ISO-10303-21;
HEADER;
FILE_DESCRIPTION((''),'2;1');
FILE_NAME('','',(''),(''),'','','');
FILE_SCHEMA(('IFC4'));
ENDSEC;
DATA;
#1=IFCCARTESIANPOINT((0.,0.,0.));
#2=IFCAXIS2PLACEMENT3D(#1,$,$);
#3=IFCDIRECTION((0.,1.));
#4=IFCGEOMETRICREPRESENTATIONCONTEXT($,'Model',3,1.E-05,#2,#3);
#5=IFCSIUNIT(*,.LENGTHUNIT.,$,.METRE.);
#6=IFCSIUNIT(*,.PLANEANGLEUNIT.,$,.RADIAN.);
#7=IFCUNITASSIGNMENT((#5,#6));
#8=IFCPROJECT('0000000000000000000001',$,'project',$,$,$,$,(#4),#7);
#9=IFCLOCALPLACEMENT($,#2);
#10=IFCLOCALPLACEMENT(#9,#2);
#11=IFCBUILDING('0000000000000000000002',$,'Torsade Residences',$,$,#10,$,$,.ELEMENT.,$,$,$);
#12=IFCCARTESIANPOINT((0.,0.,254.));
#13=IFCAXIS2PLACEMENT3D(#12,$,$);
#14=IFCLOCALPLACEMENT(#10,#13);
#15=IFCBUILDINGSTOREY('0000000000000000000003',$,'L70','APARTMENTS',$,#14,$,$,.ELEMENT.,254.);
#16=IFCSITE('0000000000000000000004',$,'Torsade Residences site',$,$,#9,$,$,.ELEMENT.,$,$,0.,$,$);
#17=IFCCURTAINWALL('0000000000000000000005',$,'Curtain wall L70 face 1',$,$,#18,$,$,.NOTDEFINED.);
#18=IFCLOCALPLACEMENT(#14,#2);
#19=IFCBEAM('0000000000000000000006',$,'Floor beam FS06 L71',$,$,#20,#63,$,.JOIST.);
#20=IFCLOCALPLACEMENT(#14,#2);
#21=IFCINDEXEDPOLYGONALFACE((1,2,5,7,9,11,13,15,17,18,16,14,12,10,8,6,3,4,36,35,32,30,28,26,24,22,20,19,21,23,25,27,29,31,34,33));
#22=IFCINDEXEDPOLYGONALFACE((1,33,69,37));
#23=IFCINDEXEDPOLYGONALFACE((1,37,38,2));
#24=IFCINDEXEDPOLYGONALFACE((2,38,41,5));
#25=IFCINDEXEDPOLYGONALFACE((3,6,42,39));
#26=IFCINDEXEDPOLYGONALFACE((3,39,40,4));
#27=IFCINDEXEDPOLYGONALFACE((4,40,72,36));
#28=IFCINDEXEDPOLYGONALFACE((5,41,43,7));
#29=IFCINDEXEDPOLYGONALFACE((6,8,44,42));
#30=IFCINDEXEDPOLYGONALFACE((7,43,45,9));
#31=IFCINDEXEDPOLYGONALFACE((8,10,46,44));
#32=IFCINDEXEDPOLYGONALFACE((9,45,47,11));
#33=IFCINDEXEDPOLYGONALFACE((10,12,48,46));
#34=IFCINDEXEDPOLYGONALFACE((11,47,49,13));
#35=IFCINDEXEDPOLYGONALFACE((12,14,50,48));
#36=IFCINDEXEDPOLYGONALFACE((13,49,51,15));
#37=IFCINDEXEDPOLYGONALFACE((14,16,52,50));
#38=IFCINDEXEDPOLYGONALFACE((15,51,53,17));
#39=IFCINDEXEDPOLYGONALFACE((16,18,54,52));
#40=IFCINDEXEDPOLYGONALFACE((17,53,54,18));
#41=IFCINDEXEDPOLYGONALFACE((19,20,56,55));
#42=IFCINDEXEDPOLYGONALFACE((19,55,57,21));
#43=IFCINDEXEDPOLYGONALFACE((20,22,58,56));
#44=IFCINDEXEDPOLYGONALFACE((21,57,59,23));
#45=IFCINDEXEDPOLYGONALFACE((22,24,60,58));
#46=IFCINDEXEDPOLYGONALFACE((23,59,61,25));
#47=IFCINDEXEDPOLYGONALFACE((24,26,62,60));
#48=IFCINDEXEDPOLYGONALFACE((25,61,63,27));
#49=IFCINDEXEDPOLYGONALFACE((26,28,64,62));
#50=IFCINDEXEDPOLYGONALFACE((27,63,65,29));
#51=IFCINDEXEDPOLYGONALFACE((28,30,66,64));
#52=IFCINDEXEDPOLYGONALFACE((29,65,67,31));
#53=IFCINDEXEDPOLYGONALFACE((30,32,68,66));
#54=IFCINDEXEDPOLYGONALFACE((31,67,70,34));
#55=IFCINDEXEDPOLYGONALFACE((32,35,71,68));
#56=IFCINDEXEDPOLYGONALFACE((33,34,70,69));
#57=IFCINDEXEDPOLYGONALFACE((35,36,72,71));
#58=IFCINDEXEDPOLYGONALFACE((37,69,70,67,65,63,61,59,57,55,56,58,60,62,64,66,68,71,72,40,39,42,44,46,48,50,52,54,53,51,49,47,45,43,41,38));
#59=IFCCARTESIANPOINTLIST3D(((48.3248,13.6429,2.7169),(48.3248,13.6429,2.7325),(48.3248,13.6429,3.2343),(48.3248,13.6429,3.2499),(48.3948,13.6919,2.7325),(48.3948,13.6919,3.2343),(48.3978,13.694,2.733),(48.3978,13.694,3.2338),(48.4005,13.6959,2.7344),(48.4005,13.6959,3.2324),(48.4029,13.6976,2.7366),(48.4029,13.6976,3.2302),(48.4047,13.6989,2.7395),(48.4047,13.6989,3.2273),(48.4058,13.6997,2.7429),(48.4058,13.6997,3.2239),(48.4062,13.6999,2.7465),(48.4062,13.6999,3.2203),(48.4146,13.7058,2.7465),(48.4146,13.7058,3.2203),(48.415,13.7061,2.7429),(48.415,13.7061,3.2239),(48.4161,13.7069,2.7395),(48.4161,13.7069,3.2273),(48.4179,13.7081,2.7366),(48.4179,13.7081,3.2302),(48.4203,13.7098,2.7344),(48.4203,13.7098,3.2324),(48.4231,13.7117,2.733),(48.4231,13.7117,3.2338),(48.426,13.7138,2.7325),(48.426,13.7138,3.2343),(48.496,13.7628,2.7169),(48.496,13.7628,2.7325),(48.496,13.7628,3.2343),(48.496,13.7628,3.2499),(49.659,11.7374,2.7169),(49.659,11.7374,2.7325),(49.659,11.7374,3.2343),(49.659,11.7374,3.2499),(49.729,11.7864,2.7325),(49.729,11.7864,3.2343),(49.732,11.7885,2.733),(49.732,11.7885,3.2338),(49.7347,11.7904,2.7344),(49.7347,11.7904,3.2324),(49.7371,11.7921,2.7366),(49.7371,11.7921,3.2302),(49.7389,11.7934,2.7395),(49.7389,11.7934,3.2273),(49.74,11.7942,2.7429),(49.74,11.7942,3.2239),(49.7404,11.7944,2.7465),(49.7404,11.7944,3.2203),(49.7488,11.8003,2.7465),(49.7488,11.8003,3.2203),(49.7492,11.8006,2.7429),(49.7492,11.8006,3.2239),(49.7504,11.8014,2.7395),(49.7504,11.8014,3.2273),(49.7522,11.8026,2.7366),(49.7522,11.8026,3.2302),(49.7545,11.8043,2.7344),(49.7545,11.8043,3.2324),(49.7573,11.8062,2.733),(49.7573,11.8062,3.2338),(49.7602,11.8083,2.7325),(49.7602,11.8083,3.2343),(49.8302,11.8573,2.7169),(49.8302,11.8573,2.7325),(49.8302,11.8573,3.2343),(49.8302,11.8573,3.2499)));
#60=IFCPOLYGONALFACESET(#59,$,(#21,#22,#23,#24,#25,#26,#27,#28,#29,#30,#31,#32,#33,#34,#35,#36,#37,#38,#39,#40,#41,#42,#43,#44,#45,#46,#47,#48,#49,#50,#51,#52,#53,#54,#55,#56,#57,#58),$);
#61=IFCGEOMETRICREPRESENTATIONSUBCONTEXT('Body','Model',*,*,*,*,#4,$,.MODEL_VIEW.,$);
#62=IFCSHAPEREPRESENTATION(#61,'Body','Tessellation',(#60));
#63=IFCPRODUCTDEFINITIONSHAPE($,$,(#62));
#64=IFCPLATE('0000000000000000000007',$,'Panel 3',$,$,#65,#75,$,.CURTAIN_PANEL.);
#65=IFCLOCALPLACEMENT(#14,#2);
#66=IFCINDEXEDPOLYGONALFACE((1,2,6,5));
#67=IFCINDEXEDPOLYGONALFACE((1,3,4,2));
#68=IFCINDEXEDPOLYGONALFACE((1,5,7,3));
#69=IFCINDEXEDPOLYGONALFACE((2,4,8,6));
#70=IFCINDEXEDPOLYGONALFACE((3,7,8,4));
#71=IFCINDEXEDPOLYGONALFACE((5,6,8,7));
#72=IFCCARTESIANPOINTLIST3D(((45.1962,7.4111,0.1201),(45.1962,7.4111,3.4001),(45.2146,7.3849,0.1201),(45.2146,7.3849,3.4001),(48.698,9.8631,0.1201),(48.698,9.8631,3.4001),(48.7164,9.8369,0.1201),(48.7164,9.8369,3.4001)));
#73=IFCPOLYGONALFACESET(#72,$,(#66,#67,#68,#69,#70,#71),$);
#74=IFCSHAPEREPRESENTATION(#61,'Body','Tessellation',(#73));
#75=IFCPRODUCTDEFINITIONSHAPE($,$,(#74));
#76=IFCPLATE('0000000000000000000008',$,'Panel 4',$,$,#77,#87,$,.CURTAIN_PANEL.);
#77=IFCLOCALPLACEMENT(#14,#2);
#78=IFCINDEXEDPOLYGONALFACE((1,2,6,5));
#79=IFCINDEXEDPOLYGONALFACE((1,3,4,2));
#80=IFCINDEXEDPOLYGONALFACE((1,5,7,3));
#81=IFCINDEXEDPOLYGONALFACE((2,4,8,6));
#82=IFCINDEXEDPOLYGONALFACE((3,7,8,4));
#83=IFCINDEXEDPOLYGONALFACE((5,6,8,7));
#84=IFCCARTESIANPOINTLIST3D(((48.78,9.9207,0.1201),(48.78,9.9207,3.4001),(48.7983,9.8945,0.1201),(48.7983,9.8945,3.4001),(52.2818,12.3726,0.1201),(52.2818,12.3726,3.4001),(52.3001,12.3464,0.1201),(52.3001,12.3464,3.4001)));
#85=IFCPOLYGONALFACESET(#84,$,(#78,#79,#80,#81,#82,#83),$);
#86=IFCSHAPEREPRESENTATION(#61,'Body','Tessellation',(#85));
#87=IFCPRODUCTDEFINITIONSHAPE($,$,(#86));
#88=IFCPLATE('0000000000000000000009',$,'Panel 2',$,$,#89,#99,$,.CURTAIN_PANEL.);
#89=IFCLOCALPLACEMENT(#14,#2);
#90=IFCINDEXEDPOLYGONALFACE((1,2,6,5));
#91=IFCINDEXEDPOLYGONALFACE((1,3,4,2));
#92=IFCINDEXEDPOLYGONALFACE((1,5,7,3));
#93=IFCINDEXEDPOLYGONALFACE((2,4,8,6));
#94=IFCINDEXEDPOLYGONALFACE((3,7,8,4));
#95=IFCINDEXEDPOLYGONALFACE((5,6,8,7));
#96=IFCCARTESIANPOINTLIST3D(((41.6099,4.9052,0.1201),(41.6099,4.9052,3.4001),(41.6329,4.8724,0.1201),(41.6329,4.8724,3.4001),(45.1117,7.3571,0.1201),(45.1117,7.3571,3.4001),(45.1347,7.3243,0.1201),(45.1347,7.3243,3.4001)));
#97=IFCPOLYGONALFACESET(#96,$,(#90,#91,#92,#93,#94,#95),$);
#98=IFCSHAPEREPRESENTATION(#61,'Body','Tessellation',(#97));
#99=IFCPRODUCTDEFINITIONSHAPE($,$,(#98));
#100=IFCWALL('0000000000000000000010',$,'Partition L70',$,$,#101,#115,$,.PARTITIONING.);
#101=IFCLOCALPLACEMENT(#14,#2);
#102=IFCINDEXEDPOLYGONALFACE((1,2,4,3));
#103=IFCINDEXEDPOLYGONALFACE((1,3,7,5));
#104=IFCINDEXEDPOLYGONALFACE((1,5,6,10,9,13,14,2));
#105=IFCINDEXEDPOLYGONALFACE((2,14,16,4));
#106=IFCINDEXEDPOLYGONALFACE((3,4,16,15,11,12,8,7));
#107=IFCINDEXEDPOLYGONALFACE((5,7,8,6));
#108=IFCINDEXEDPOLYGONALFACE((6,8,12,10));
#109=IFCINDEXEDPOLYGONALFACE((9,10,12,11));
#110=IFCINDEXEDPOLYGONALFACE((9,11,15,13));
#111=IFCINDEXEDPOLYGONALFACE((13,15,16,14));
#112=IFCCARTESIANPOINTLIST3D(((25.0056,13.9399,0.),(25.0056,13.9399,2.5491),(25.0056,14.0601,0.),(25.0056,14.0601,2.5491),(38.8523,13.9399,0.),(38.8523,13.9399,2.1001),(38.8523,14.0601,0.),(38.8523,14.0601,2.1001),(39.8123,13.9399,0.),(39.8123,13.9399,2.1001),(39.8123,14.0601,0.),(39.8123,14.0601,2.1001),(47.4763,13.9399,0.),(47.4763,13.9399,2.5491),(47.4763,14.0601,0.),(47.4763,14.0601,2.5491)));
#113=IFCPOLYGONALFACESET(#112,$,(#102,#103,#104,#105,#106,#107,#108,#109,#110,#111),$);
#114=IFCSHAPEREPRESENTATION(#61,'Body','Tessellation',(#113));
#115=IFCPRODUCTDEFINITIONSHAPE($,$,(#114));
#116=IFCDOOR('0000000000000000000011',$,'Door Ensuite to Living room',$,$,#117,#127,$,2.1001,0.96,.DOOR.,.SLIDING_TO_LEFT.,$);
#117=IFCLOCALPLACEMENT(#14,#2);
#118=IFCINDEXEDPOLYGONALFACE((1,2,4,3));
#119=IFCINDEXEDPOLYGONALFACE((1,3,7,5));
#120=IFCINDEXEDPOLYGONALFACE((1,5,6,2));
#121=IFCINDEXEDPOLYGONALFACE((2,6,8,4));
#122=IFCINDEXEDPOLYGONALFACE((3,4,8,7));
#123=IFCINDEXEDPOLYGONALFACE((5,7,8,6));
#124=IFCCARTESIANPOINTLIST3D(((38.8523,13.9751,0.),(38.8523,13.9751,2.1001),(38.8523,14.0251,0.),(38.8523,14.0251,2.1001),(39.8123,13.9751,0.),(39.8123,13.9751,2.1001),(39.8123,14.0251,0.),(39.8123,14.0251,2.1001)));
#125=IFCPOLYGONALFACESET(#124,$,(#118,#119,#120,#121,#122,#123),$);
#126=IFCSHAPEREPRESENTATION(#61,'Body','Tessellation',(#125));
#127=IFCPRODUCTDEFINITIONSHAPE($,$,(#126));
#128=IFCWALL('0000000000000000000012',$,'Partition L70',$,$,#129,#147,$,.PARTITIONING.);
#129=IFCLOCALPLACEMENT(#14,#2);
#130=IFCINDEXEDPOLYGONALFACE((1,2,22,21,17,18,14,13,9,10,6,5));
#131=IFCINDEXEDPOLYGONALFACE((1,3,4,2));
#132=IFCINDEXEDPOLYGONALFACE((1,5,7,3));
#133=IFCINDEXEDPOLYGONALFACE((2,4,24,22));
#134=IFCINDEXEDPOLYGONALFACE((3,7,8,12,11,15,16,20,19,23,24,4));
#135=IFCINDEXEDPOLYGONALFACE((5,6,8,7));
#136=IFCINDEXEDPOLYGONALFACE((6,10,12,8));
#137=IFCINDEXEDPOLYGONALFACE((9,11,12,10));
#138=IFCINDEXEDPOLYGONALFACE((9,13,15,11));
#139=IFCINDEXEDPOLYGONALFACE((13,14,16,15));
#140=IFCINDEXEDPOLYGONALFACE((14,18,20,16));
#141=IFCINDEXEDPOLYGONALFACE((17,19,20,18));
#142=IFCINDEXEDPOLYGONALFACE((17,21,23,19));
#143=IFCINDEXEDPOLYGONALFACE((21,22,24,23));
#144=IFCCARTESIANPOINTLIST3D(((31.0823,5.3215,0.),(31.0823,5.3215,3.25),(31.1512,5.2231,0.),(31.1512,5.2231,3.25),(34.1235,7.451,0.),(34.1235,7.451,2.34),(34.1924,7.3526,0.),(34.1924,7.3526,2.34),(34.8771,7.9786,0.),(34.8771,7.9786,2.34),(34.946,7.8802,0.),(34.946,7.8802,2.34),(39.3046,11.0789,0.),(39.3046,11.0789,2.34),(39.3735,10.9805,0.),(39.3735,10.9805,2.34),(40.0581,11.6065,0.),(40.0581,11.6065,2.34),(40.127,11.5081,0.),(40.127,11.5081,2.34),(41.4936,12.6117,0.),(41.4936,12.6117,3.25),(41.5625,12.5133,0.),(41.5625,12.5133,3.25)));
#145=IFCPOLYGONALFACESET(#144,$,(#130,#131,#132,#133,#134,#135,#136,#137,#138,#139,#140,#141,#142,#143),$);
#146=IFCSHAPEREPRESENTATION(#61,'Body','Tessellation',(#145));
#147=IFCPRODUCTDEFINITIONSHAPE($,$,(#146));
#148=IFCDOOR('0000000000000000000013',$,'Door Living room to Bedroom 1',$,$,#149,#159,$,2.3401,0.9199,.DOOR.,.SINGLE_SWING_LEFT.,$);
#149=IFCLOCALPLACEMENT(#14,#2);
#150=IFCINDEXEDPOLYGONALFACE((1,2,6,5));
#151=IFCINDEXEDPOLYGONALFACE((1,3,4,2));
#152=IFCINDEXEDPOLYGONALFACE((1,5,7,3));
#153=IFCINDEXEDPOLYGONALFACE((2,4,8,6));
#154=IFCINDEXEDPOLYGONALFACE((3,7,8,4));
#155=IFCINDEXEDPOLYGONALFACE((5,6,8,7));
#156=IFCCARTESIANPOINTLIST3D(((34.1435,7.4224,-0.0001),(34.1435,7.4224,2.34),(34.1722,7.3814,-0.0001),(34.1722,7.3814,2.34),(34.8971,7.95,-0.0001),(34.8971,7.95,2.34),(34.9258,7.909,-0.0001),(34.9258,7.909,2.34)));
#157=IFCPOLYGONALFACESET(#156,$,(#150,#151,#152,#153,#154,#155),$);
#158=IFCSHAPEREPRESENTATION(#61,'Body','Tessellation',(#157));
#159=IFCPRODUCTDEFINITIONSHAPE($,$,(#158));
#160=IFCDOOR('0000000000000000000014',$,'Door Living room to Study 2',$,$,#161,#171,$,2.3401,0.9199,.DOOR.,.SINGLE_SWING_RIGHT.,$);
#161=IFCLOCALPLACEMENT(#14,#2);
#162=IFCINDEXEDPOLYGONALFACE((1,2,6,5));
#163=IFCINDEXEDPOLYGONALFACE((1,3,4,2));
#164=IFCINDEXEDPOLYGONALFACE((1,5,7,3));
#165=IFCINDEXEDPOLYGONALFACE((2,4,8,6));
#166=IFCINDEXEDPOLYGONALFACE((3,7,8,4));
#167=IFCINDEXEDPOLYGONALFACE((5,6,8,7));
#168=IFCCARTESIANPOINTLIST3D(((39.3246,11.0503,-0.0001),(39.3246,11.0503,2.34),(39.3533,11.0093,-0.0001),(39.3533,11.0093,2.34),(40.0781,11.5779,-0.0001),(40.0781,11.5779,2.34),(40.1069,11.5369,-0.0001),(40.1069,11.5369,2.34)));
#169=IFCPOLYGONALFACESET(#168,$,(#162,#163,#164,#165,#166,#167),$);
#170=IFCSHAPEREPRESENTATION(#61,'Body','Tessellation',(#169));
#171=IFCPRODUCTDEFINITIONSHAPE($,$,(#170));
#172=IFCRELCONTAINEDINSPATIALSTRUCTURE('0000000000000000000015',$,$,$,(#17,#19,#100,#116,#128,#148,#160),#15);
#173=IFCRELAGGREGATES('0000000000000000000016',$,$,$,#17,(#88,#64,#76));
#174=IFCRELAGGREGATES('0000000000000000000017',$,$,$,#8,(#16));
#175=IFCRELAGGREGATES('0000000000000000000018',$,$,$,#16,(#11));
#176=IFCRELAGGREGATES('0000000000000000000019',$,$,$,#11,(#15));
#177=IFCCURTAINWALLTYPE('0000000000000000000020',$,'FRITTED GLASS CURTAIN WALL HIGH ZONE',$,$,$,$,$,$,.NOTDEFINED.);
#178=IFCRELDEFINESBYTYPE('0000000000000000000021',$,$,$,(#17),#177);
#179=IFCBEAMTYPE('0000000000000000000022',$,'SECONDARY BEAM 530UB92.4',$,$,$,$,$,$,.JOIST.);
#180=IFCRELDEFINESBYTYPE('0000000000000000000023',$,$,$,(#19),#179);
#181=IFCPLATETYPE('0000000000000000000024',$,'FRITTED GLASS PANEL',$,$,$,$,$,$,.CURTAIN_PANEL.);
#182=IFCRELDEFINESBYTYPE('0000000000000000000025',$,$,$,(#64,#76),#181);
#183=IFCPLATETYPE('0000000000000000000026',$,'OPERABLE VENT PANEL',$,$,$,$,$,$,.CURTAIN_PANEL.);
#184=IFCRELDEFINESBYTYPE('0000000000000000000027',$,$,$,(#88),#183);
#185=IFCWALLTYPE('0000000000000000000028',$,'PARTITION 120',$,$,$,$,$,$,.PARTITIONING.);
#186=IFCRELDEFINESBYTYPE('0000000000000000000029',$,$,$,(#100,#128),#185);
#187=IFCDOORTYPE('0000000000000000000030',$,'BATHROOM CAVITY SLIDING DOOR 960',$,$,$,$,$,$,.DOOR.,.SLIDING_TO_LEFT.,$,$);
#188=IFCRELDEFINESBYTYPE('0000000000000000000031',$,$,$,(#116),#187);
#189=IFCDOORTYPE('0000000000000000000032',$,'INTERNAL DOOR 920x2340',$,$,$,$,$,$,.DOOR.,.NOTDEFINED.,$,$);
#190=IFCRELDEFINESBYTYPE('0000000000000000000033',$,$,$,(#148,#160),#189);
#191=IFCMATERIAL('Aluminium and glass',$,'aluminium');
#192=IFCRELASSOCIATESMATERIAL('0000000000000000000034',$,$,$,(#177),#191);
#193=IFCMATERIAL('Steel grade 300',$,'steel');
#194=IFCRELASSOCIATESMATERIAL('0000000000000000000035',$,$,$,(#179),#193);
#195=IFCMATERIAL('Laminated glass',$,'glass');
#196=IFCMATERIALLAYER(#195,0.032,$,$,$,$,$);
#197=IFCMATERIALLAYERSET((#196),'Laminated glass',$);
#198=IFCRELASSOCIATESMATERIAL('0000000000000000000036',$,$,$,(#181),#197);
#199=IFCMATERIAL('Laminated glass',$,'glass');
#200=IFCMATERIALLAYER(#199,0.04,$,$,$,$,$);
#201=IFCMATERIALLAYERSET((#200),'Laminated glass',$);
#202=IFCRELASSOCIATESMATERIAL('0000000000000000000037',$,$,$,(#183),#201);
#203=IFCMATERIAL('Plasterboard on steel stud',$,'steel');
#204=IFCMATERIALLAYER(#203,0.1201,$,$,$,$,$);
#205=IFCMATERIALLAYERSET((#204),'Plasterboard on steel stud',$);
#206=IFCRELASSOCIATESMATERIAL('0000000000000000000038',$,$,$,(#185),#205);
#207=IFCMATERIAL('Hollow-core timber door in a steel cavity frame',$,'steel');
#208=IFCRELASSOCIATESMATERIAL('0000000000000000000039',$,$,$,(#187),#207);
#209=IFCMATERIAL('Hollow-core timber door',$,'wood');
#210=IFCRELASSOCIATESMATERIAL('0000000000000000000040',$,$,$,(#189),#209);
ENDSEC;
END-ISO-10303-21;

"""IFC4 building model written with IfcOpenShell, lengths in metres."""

from ifc_helpers import new_model, si_unit, direction, frame, frame_2d, origin, origin_2d, place, context, subcontext, project, spatial, rectangle, i_section, extrude, material, layer, layer_set, material_profile, profile_set, type_object, element, fill, aggregate, save


model = new_model("IFC4")

# Units and contexts
model_context = context("Model", 3, precision=1e-05, world=origin(), true_north=direction((0.0, 1.0)))
body_context = subcontext(model_context, "Body", "Model", "MODEL_VIEW")
ifc_project = project(units=[si_unit("LENGTHUNIT", "METRE"), si_unit("PLANEANGLEUNIT", "RADIAN")], contexts=[model_context])

# Site, building, storey
site_placement = place(None, origin())
site = spatial("IfcSite", under=ifc_project, at=site_placement, Name="Torsade Residences site", CompositionType="ELEMENT", RefElevation=0.0)
building_placement = place(site_placement, origin())
building = spatial("IfcBuilding", under=site, at=building_placement, Name="Torsade Residences", CompositionType="ELEMENT")
storey_placement = place(building_placement, frame((0.0, 0.0, 254.0)))
storey = spatial("IfcBuildingStorey", under=building, at=storey_placement, Name="L70", Description="APARTMENTS", CompositionType="ELEMENT", Elevation=254.0)

# Curtain wall
ifc_material_1 = material(Name="Aluminium and glass", Category="aluminium")
curtain_wall_type = type_object("IfcCurtainWallType", Name="FRITTED GLASS CURTAIN WALL HIGH ZONE", PredefinedType="NOTDEFINED", material=ifc_material_1)
curtain_wall_placement = place(storey_placement, origin())
curtain_wall = element("IfcCurtainWall", 1, at=curtain_wall_placement, inside=storey, type_object=curtain_wall_type, Name="Curtain wall L70 face 1", PredefinedType="NOTDEFINED")

# Beam
ifc_material_2 = material(Name="Steel grade 300", Category="steel")
ifc_material_profile_1 = material_profile(ifc_material_2, i_section(OverallWidth=0.209, OverallDepth=0.533, WebThickness=0.0103, FlangeThickness=0.0156, FilletRadius=0.0139, at=origin_2d()), Name="530UB92.4")
ifc_profile_set_1 = profile_set([ifc_material_profile_1], Name="Steel grade 300")
beam_type_1 = type_object("IfcBeamType", Name="SECONDARY BEAM 530UB92.4", PredefinedType="JOIST", material=ifc_profile_set_1)
beam_1_placement = place(storey_placement, frame((49.7446, 11.7974, 2.9834), z_axis=(-0.573568, 0.819158, 0.0), x_axis=(-0.819158, -0.573568, 0.0)))
element("IfcBeam", 2, at=beam_1_placement, inside=storey, type_object=beam_type_1, Name="Floor beam FS06 L71", PredefinedType="JOIST", context=body_context, shape_type="SweptSolid", body=[
    extrude(i_section(OverallWidth=0.209, OverallDepth=0.533, WebThickness=0.0103, FlangeThickness=0.0156, FilletRadius=0.0139, at=origin_2d()), origin(), (0.0, 0.0, 1.0), 2.3262),
])

# Plates
ifc_material_3 = material(Name="Laminated glass", Category="glass")
ifc_layer_1 = layer(ifc_material_3, 0.032)
ifc_layer_set_1 = layer_set([ifc_layer_1], Name="Laminated glass")
plate_type_1 = type_object("IfcPlateType", Name="FRITTED GLASS PANEL", PredefinedType="CURTAIN_PANEL", material=ifc_layer_set_1)
plate_1_placement = place(storey_placement, frame((46.9563, 8.624, 0.1201), z_axis=(0.0, 0.0, 1.0), x_axis=(0.819152, 0.573576, 0.0)))
plate_1 = element("IfcPlate", 3, at=plate_1_placement, type_object=plate_type_1, Name="Panel 3", PredefinedType="CURTAIN_PANEL", context=body_context, shape_type="SweptSolid", body=[
    extrude(rectangle(XDim=4.2749, YDim=0.032, at=origin_2d()), origin(), (0.0, 0.0, 1.0), 3.28),
])
plate_2_placement = place(storey_placement, frame((50.54, 11.1335, 0.1201), z_axis=(0.0, 0.0, 1.0), x_axis=(0.819152, 0.573576, 0.0)))
plate_2 = element("IfcPlate", 4, at=plate_2_placement, type_object=plate_type_1, Name="Panel 4", PredefinedType="CURTAIN_PANEL", context=body_context, shape_type="SweptSolid", body=[
    extrude(rectangle(XDim=4.2749, YDim=0.032, at=origin_2d()), origin(), (0.0, 0.0, 1.0), 3.28),
])
ifc_material_4 = material(Name="Laminated glass", Category="glass")
ifc_layer_2 = layer(ifc_material_4, 0.04)
ifc_layer_set_2 = layer_set([ifc_layer_2], Name="Laminated glass")
plate_type_2 = type_object("IfcPlateType", Name="OPERABLE VENT PANEL", PredefinedType="CURTAIN_PANEL", material=ifc_layer_set_2)
plate_3_placement = place(storey_placement, frame((43.3723, 6.1147, 0.1201), z_axis=(0.0, 0.0, 1.0), x_axis=(0.819152, 0.573576, 0.0)))
plate_3 = element("IfcPlate", 5, at=plate_3_placement, type_object=plate_type_2, Name="Panel 2", PredefinedType="CURTAIN_PANEL", context=body_context, shape_type="SweptSolid", body=[
    extrude(rectangle(XDim=4.2749, YDim=0.04, at=origin_2d()), origin(), (0.0, 0.0, 1.0), 3.28),
])
aggregate(curtain_wall, [plate_3, plate_1, plate_2])

# Wall, opening, door
ifc_material_5 = material(Name="Plasterboard on steel stud", Category="steel")
ifc_layer_3 = layer(ifc_material_5, 0.1201)
ifc_layer_set_3 = layer_set([ifc_layer_3], Name="Plasterboard on steel stud")
wall_type_1 = type_object("IfcWallType", Name="PARTITION 120", PredefinedType="PARTITIONING", material=ifc_layer_set_3)
wall_1_placement = place(storey_placement, frame((47.4763, 14.0, 0.0), z_axis=(0.0, 0.0, 1.0), x_axis=(-1.0, 0.0, 0.0)))
wall_1 = element("IfcWall", 6, at=wall_1_placement, inside=storey, type_object=wall_type_1, Name="Partition L70", PredefinedType="PARTITIONING", context=body_context, shape_type="SweptSolid", body=[
    extrude(rectangle(XDim=22.4707, YDim=0.1201, at=frame_2d((11.2354, 0.0))), origin(), (0.0, 0.0, 1.0), 2.5491),
])
opening_1_placement = place(wall_1_placement, frame((7.6641, 0.0, 0.0)))
opening_1 = element("IfcOpeningElement", 7, at=opening_1_placement, cuts=wall_1, PredefinedType="OPENING", context=body_context, shape_type="SweptSolid", body=[
    extrude(rectangle(XDim=0.96, YDim=2.1001, at=frame_2d((0.48, 1.05))), frame((0.0, 0.0701, 0.0), z_axis=(0.0, -1.0, 0.0), x_axis=(1.0, 0.0, 0.0)), (0.0, 0.0, 1.0), 0.1401),
])
ifc_material_6 = material(Name="Hollow-core timber door in a steel cavity frame", Category="steel")
door_type_1 = type_object("IfcDoorType", Name="BATHROOM CAVITY SLIDING DOOR 960", OperationType="SLIDING_TO_LEFT", PredefinedType="DOOR", material=ifc_material_6)
door_1_placement = place(opening_1_placement, origin())
door_1 = element("IfcDoor", 8, at=door_1_placement, inside=storey, type_object=door_type_1, Name="Door Ensuite to Living room", OperationType="SLIDING_TO_LEFT", OverallHeight=2.1001, OverallWidth=0.96, PredefinedType="DOOR", context=body_context, shape_type="SweptSolid", body=[
    extrude(rectangle(XDim=0.96, YDim=2.1001, at=frame_2d((0.48, 1.05))), frame((0.0, 0.0249, 0.0), z_axis=(0.0, -1.0, 0.0), x_axis=(1.0, 0.0, 0.0)), (0.0, 0.0, 1.0), 0.05),
])
fill(opening_1, door_1)

# Wall, openings, doors
wall_2_placement = place(storey_placement, frame((41.5281, 12.5625, 0.0), z_axis=(0.0, 0.0, 1.0), x_axis=(-0.819146, -0.573585, 0.0)))
wall_2 = element("IfcWall", 9, at=wall_2_placement, inside=storey, type_object=wall_type_1, Name="Partition L70", PredefinedType="PARTITIONING", context=body_context, shape_type="SweptSolid", body=[
    extrude(rectangle(XDim=12.71, YDim=0.1201, at=frame_2d((6.355, 0.0))), origin(), (0.0, 0.0, 1.0), 3.25),
])
opening_2_placement = place(wall_2_placement, frame((8.0774, 0.0, 0.0)))
opening_2 = element("IfcOpeningElement", 10, at=opening_2_placement, cuts=wall_2, PredefinedType="OPENING", context=body_context, shape_type="SweptSolid", body=[
    extrude(rectangle(XDim=0.9199, YDim=2.3401, at=frame_2d((0.46, 1.1699))), frame((0.0, 0.0701, 0.0), z_axis=(0.0, -1.0, 0.0), x_axis=(1.0, 0.0, 0.0)), (0.0, 0.0, 1.0), 0.1401),
])
opening_3_placement = place(wall_2_placement, frame((1.7524, 0.0, 0.0)))
opening_3 = element("IfcOpeningElement", 11, at=opening_3_placement, cuts=wall_2, PredefinedType="OPENING", context=body_context, shape_type="SweptSolid", body=[
    extrude(rectangle(XDim=0.9199, YDim=2.3401, at=frame_2d((0.46, 1.1699))), frame((0.0, 0.0701, 0.0), z_axis=(0.0, -1.0, 0.0), x_axis=(1.0, 0.0, 0.0)), (0.0, 0.0, 1.0), 0.1401),
])
ifc_material_7 = material(Name="Hollow-core timber door", Category="wood")
door_type_2 = type_object("IfcDoorType", Name="INTERNAL DOOR 920x2340", OperationType="NOTDEFINED", PredefinedType="DOOR", material=ifc_material_7)
door_2_placement = place(opening_2_placement, origin())
door_2 = element("IfcDoor", 12, at=door_2_placement, inside=storey, type_object=door_type_2, Name="Door Living room to Bedroom 1", OperationType="SINGLE_SWING_LEFT", OverallHeight=2.3401, OverallWidth=0.9199, PredefinedType="DOOR", context=body_context, shape_type="SweptSolid", body=[
    extrude(rectangle(XDim=0.9199, YDim=2.3401, at=frame_2d((0.46, 1.1699))), frame((0.0, 0.0249, 0.0), z_axis=(0.0, -1.0, 0.0), x_axis=(1.0, 0.0, 0.0)), (0.0, 0.0, 1.0), 0.05),
])
fill(opening_2, door_2)
door_3_placement = place(opening_3_placement, origin())
door_3 = element("IfcDoor", 13, at=door_3_placement, inside=storey, type_object=door_type_2, Name="Door Living room to Study 2", OperationType="SINGLE_SWING_RIGHT", OverallHeight=2.3401, OverallWidth=0.9199, PredefinedType="DOOR", context=body_context, shape_type="SweptSolid", body=[
    extrude(rectangle(XDim=0.9199, YDim=2.3401, at=frame_2d((0.46, 1.1699))), frame((0.0, 0.0249, 0.0), z_axis=(0.0, -1.0, 0.0), x_axis=(1.0, 0.0, 0.0)), (0.0, 0.0, 1.0), 0.05),
])
fill(opening_3, door_3)

save(model, "model.ifc")
